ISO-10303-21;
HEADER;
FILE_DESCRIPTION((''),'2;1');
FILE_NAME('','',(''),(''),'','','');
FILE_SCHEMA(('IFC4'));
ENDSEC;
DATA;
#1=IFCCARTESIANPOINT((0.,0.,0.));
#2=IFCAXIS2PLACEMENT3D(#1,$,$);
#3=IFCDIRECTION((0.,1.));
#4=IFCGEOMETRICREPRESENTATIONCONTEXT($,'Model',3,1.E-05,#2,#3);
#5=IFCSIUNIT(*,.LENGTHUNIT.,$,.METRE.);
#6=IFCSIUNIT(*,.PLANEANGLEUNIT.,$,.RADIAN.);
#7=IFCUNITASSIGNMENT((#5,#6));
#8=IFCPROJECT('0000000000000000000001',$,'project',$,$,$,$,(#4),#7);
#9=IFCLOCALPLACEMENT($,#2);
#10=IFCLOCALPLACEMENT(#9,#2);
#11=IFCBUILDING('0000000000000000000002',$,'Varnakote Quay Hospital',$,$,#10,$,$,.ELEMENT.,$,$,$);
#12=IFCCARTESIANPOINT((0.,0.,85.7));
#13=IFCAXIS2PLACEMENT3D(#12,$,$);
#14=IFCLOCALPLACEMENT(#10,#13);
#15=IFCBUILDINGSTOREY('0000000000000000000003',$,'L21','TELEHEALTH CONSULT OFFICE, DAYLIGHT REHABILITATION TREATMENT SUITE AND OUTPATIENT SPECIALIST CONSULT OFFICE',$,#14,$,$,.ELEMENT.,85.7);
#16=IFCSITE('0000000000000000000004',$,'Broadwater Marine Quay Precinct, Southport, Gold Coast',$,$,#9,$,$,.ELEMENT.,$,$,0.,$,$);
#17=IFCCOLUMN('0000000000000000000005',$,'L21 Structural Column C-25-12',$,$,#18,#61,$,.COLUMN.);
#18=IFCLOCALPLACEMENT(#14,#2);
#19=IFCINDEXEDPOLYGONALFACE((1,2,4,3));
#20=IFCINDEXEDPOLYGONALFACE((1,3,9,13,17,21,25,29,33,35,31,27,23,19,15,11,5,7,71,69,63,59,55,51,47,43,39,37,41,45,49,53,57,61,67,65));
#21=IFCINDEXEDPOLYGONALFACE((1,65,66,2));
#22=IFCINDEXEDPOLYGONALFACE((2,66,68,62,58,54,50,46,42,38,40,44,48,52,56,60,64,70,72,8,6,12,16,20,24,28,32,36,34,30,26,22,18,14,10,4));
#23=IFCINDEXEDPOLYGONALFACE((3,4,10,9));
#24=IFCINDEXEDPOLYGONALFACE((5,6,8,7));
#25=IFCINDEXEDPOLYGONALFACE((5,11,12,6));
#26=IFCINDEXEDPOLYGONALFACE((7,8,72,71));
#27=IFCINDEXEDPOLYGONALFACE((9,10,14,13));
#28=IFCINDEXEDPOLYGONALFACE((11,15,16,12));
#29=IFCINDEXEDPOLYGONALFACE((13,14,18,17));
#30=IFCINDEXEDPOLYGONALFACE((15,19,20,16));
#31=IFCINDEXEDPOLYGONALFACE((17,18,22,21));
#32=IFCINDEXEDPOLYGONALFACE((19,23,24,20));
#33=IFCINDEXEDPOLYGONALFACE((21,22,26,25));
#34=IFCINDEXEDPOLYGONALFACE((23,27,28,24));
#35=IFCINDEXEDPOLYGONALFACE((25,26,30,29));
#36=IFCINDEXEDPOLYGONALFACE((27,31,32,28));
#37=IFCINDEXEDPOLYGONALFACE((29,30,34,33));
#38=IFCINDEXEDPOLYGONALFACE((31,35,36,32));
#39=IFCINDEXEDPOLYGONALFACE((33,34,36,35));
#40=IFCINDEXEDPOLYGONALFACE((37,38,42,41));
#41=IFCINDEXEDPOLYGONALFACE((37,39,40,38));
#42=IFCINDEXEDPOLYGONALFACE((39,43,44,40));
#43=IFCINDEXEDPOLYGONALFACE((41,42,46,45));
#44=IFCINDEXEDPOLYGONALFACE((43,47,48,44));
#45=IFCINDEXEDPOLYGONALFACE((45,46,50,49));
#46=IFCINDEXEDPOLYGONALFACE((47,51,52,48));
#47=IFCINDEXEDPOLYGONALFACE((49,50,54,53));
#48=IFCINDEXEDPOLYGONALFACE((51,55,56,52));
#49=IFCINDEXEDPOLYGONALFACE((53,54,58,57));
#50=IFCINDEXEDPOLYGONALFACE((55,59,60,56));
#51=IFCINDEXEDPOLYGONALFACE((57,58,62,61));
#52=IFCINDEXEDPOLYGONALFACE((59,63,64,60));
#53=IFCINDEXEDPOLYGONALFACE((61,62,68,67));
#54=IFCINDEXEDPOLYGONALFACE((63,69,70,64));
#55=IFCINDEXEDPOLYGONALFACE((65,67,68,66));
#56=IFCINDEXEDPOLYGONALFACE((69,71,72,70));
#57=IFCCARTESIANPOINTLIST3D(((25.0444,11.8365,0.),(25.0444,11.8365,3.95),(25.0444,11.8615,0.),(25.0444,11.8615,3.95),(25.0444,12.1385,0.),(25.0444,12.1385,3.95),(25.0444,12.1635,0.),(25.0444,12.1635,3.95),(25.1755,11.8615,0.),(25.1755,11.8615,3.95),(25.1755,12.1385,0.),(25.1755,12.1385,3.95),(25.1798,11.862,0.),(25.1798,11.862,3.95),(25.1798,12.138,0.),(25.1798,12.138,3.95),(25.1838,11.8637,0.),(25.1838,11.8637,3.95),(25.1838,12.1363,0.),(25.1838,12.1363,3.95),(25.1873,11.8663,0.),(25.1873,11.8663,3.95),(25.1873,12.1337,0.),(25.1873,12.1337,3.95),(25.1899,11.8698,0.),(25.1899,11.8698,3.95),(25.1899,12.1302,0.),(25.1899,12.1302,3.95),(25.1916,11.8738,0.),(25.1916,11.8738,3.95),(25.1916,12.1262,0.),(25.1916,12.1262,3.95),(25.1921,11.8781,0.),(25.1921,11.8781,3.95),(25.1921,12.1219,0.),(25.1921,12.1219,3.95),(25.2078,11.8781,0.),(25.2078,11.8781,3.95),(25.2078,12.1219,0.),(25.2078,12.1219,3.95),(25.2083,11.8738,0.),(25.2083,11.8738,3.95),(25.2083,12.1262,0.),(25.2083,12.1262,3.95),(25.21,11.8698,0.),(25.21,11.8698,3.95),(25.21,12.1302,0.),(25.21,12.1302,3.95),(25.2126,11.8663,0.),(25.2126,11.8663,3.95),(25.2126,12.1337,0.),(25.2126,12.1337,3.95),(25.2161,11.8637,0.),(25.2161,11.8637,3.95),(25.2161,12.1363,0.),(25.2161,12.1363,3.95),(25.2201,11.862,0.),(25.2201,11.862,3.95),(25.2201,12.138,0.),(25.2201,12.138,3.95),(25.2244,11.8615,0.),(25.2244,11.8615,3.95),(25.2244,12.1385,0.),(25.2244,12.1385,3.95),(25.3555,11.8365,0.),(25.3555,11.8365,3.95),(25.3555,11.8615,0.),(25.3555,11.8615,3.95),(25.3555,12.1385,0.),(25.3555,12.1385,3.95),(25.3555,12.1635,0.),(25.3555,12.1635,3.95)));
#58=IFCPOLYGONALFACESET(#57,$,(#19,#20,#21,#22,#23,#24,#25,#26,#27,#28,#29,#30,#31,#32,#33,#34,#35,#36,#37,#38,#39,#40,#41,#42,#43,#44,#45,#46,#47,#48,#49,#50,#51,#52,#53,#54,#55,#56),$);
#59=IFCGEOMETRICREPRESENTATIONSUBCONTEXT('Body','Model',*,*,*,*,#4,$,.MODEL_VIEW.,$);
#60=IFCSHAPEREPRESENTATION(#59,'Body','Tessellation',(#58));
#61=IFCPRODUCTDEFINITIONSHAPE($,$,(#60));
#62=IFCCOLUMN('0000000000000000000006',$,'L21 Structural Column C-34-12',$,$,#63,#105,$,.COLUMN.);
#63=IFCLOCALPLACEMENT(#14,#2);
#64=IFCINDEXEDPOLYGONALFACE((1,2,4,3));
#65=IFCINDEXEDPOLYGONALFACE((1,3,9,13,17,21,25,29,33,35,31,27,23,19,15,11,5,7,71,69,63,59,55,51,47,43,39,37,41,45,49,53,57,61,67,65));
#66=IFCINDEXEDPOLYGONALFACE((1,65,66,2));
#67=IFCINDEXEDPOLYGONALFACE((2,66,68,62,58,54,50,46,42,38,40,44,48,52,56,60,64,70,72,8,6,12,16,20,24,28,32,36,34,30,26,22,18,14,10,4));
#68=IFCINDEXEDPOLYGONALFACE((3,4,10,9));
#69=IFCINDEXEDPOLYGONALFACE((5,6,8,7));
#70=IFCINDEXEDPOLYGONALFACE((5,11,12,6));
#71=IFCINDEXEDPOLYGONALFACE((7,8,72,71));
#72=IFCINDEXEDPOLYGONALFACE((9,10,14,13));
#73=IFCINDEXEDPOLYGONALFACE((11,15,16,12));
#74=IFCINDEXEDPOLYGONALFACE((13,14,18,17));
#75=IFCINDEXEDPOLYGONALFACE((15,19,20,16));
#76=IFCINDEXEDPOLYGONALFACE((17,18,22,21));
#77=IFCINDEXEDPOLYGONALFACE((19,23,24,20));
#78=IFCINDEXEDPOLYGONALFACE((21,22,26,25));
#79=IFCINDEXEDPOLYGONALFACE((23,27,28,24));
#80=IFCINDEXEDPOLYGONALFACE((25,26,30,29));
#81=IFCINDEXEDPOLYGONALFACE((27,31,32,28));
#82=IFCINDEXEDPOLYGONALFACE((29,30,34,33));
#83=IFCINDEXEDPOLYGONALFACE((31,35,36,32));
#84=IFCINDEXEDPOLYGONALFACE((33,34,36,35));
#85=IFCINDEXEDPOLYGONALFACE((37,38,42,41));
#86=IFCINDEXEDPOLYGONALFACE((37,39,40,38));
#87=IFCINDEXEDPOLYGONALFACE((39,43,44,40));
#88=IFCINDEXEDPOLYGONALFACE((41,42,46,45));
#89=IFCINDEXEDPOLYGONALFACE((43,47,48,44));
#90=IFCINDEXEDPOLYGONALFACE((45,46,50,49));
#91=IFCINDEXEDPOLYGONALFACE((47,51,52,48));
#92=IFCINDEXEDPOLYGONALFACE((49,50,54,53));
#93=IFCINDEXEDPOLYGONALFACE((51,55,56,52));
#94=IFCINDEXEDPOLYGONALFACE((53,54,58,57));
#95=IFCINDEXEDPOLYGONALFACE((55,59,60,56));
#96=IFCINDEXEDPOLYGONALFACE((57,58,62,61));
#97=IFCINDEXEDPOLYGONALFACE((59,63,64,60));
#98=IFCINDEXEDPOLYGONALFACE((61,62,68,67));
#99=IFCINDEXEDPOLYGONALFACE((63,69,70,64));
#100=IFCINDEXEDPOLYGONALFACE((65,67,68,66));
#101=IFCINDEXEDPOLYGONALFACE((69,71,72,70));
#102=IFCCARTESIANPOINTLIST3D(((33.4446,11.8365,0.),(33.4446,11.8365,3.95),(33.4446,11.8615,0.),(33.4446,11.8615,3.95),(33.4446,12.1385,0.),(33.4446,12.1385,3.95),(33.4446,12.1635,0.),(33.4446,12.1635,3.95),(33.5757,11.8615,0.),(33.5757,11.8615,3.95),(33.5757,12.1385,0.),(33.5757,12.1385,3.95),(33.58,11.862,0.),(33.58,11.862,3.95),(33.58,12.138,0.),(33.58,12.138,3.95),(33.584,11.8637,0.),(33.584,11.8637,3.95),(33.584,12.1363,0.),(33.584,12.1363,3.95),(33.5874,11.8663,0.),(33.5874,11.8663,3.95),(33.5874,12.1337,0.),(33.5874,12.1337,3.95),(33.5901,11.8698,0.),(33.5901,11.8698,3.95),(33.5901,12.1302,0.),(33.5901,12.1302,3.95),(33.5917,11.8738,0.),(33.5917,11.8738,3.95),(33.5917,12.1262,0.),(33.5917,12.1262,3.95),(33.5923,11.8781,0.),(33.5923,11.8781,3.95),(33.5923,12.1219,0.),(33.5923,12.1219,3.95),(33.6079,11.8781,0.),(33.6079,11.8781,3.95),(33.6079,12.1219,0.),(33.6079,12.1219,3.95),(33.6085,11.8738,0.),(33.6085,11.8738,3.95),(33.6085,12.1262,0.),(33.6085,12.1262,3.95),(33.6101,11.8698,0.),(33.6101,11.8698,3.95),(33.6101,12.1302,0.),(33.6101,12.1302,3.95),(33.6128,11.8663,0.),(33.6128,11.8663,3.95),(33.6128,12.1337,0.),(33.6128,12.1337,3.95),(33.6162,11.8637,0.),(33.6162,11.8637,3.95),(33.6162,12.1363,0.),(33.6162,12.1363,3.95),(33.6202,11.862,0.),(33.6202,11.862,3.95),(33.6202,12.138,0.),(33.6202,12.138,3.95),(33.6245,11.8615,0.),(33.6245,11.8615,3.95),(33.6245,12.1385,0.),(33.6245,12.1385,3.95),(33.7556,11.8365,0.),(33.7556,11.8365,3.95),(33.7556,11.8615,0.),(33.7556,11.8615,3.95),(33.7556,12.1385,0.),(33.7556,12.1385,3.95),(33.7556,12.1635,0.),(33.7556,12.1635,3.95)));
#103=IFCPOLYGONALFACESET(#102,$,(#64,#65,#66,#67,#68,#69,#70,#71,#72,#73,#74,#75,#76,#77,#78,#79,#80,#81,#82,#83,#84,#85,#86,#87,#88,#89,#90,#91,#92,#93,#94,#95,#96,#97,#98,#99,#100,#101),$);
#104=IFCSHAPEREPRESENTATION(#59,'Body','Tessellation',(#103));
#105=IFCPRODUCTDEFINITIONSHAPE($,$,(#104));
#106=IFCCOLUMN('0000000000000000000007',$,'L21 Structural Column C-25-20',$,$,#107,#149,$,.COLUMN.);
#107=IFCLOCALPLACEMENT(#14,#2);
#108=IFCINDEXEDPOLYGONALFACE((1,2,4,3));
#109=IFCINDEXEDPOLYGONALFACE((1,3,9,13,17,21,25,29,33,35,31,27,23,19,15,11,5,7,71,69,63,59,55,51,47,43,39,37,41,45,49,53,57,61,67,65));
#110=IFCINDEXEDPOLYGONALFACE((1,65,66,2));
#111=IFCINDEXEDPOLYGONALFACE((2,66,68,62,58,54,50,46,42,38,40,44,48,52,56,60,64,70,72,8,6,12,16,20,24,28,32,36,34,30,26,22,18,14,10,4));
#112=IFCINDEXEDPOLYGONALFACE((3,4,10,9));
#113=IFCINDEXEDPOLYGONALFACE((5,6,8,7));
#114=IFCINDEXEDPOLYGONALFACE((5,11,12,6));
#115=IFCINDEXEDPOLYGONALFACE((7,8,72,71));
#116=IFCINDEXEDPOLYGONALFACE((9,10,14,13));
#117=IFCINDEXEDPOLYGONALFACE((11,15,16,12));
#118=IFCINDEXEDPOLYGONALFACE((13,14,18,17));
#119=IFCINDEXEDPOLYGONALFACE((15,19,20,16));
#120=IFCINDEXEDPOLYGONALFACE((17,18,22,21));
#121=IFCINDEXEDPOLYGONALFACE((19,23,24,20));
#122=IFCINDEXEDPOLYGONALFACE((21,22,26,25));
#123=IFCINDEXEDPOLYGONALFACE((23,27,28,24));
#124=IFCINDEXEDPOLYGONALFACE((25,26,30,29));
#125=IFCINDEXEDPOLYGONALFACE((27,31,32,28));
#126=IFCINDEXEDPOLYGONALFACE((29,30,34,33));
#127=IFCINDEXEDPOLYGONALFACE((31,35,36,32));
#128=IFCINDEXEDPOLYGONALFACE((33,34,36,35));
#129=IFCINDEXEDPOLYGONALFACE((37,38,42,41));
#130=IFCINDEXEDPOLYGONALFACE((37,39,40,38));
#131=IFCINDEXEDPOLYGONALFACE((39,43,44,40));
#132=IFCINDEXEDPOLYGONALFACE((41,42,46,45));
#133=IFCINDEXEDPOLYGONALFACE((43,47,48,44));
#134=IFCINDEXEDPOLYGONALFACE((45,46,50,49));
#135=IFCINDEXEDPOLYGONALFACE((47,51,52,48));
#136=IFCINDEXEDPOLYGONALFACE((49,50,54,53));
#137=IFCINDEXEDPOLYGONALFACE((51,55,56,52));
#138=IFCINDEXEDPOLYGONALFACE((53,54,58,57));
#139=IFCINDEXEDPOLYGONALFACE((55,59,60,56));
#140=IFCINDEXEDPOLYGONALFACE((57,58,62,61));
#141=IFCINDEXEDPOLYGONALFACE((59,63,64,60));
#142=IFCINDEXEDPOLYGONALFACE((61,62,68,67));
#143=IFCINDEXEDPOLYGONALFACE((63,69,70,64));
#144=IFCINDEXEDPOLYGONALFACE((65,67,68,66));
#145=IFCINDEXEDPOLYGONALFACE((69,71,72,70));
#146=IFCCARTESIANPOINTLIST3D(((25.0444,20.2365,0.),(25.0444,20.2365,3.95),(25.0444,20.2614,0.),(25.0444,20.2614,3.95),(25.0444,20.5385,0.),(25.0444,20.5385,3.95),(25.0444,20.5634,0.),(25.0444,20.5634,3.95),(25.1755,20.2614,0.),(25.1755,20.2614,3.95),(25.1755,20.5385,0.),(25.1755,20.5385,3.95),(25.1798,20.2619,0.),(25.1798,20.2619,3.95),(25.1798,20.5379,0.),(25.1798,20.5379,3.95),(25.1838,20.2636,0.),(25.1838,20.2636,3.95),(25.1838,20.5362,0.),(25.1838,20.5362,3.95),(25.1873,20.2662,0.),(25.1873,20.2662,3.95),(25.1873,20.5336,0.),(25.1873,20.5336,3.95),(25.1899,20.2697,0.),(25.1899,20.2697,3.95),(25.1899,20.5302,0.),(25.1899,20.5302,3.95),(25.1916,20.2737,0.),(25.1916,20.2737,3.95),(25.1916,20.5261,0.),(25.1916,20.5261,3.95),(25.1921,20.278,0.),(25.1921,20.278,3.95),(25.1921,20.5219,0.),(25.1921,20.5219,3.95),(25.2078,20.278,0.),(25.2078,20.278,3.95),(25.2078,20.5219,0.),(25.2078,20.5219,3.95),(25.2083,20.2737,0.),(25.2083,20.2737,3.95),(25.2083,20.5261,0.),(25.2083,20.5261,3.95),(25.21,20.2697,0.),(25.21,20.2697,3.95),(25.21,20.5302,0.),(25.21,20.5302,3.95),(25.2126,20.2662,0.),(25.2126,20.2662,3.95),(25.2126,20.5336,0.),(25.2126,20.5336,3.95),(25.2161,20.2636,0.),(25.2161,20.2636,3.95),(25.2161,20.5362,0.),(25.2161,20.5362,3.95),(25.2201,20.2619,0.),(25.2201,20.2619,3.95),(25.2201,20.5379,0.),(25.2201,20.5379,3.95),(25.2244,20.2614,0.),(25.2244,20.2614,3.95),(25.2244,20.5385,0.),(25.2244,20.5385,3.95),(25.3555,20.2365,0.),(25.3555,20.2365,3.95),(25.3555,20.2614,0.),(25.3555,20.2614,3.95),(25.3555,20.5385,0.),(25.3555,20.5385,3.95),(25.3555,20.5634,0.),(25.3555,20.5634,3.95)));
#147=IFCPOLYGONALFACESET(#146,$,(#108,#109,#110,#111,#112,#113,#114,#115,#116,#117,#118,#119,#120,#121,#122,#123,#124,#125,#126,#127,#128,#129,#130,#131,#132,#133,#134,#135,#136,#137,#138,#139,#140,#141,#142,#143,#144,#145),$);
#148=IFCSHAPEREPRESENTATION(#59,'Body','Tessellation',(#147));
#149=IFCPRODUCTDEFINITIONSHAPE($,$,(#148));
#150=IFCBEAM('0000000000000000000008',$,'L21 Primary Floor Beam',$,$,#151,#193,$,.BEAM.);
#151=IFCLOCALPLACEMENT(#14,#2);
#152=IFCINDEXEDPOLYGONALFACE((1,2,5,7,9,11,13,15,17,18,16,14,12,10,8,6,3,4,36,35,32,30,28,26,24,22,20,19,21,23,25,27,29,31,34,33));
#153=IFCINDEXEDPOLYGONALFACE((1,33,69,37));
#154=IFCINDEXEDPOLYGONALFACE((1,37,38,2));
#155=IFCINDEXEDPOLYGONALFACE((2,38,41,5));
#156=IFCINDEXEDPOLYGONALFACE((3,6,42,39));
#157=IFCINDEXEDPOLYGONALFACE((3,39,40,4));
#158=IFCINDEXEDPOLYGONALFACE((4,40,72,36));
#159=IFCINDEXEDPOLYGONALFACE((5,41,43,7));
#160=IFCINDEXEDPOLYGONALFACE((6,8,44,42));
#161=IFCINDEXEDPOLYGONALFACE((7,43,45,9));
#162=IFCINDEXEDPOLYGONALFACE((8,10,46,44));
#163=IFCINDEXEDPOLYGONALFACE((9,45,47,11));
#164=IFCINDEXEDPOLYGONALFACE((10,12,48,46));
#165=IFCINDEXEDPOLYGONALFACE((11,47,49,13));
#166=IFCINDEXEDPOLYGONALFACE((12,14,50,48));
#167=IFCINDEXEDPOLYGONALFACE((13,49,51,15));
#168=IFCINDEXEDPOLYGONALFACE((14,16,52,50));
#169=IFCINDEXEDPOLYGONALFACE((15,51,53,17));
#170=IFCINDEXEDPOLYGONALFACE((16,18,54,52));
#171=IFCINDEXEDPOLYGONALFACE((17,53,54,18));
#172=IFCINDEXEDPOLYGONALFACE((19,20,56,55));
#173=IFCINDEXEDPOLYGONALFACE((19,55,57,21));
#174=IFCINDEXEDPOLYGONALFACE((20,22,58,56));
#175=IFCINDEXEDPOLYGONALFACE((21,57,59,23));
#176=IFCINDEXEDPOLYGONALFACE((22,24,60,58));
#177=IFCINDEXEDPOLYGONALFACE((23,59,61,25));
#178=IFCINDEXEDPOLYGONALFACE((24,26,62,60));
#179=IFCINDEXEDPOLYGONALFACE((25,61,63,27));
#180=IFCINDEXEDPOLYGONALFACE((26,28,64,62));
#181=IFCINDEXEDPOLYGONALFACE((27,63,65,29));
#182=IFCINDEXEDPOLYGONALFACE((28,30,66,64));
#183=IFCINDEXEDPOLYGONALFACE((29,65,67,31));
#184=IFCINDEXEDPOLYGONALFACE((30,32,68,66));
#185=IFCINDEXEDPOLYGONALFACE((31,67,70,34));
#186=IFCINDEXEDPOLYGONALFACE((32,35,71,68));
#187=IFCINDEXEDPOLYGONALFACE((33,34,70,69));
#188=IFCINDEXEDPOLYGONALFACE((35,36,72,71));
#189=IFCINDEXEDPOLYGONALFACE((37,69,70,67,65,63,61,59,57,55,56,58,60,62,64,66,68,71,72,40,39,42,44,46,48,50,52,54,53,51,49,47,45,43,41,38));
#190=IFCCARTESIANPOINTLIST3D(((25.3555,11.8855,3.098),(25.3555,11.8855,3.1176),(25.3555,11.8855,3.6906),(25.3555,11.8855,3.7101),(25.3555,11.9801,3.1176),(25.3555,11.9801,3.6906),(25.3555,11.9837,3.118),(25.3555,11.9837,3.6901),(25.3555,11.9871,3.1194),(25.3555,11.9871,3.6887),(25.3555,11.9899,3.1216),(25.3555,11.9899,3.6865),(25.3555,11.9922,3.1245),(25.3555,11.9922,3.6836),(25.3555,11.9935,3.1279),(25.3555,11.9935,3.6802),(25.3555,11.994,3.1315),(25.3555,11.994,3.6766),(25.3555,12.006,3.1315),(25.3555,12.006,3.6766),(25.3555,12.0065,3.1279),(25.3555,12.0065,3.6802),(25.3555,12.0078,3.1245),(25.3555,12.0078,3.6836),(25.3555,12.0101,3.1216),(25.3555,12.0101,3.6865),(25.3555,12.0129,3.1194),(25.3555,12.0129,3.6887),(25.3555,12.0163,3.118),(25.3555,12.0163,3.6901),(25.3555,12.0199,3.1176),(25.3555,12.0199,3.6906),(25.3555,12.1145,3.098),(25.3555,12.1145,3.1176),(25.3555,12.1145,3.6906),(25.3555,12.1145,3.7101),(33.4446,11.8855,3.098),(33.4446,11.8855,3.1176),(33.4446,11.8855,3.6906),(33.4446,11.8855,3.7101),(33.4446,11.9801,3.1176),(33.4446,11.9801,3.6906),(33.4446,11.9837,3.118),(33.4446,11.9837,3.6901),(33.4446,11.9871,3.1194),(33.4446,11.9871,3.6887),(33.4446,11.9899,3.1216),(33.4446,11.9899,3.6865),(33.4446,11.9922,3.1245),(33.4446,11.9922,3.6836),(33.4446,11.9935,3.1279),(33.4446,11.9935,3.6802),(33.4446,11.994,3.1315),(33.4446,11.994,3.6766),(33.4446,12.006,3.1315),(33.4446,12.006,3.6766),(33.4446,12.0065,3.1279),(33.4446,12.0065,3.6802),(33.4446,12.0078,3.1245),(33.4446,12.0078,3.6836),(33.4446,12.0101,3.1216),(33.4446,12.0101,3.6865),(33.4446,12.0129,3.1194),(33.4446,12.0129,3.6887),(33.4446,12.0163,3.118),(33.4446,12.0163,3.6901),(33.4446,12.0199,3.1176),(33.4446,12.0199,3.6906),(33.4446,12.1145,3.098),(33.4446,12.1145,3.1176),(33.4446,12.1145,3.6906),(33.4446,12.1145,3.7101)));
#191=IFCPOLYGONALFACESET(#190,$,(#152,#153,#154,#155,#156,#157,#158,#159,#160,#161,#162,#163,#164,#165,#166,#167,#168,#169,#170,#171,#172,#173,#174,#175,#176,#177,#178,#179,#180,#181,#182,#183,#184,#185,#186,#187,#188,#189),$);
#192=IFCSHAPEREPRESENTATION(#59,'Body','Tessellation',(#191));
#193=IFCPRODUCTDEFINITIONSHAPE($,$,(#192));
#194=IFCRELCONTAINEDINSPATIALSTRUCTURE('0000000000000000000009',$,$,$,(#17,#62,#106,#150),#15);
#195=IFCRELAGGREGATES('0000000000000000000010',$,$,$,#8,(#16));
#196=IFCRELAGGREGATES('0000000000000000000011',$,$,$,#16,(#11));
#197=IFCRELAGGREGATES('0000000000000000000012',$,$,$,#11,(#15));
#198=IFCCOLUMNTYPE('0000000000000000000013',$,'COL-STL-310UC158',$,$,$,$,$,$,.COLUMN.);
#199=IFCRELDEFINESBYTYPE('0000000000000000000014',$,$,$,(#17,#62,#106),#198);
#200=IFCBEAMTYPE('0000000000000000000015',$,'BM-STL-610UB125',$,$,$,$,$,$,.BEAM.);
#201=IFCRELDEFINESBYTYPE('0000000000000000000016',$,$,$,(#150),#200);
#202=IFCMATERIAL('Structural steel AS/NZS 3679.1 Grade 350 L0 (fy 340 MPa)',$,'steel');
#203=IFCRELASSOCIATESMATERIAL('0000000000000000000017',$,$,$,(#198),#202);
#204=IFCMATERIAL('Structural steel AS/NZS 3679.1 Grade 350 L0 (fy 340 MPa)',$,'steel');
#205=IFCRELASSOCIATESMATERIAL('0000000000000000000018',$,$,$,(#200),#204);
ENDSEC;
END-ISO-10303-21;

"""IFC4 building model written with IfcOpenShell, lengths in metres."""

from ifc_helpers import new_model, si_unit, direction, frame, origin, origin_2d, place, context, subcontext, project, spatial, i_section, extrude, material, material_profile, profile_set, type_object, element, save


model = new_model("IFC4")

# Units and contexts
model_context = context("Model", 3, precision=1e-05, world=origin(), true_north=direction((0.0, 1.0)))
body_context = subcontext(model_context, "Body", "Model", "MODEL_VIEW")
ifc_project = project(units=[si_unit("LENGTHUNIT", "METRE"), si_unit("PLANEANGLEUNIT", "RADIAN")], contexts=[model_context])

# Site, building, storey
site_placement = place(None, origin())
site = spatial("IfcSite", under=ifc_project, at=site_placement, Name="Broadwater Marine Quay Precinct, Southport, Gold Coast", CompositionType="ELEMENT", RefElevation=0.0)
building_placement = place(site_placement, origin())
building = spatial("IfcBuilding", under=site, at=building_placement, Name="Varnakote Quay Hospital", CompositionType="ELEMENT")
storey_placement = place(building_placement, frame((0.0, 0.0, 85.7)))
storey = spatial("IfcBuildingStorey", under=building, at=storey_placement, Name="L21", Description="TELEHEALTH CONSULT OFFICE, DAYLIGHT REHABILITATION TREATMENT SUITE AND OUTPATIENT SPECIALIST CONSULT OFFICE", CompositionType="ELEMENT", Elevation=85.7)

# Columns
ifc_material_1 = material(Name="Structural steel AS/NZS 3679.1 Grade 350 L0 (fy 340 MPa)", Category="steel")
ifc_material_profile_1 = material_profile(ifc_material_1, i_section(OverallWidth=0.311, OverallDepth=0.3269, WebThickness=0.0156, FlangeThickness=0.0249, FilletRadius=0.0166, at=origin_2d()), Name="310UC158")
ifc_profile_set_1 = profile_set([ifc_material_profile_1], Name="Structural steel AS/NZS 3679.1 Grade 350 L0 (fy 340 MPa)")
column_type = type_object("IfcColumnType", Name="COL-STL-310UC158", PredefinedType="COLUMN", material=ifc_profile_set_1)
for number, where, z_axis, x_axis, name in (
    (1, (25.2, 12.0, 0.0), (0.0, 0.0, 1.0), (1.0, 0.0, 0.0), "L21 Structural Column C-25-12"),
    (2, (33.6001, 12.0, 0.0), (0.0, 0.0, 1.0), (1.0, 0.0, 0.0), "L21 Structural Column C-34-12"),
    (3, (25.2, 20.3999, 0.0), (0.0, 0.0, 1.0), (1.0, 0.0, 0.0), "L21 Structural Column C-25-20"),
):
    element("IfcColumn", number, at=place(storey_placement, frame(where, z_axis=z_axis, x_axis=x_axis)), inside=storey, type_object=column_type, Name=name, PredefinedType="COLUMN", context=body_context, shape_type="SweptSolid", body=[
        extrude(i_section(OverallWidth=0.311, OverallDepth=0.3269, WebThickness=0.0156, FlangeThickness=0.0249, FilletRadius=0.0166, at=origin_2d()), origin(), (0.0, 0.0, 1.0), 3.95),
    ])

# Beam
ifc_material_2 = material(Name="Structural steel AS/NZS 3679.1 Grade 350 L0 (fy 340 MPa)", Category="steel")
ifc_material_profile_2 = material_profile(ifc_material_2, i_section(OverallWidth=0.229, OverallDepth=0.6121, WebThickness=0.012, FlangeThickness=0.0195, FilletRadius=0.0139, at=origin_2d()), Name="610UB125")
ifc_profile_set_2 = profile_set([ifc_material_profile_2], Name="Structural steel AS/NZS 3679.1 Grade 350 L0 (fy 340 MPa)")
beam_type_1 = type_object("IfcBeamType", Name="BM-STL-610UB125", PredefinedType="BEAM", material=ifc_profile_set_2)
beam_1_placement = place(storey_placement, frame((25.3555, 12.0, 3.4041), z_axis=(1.0, 0.0, 0.0), x_axis=(0.0, 1.0, 0.0)))
element("IfcBeam", 4, at=beam_1_placement, inside=storey, type_object=beam_type_1, Name="L21 Primary Floor Beam", PredefinedType="BEAM", context=body_context, shape_type="SweptSolid", body=[
    extrude(i_section(OverallWidth=0.229, OverallDepth=0.6121, WebThickness=0.012, FlangeThickness=0.0195, FilletRadius=0.0139, at=origin_2d()), origin(), (0.0, 0.0, 1.0), 8.0891),
])

save(model, "model.ifc")
